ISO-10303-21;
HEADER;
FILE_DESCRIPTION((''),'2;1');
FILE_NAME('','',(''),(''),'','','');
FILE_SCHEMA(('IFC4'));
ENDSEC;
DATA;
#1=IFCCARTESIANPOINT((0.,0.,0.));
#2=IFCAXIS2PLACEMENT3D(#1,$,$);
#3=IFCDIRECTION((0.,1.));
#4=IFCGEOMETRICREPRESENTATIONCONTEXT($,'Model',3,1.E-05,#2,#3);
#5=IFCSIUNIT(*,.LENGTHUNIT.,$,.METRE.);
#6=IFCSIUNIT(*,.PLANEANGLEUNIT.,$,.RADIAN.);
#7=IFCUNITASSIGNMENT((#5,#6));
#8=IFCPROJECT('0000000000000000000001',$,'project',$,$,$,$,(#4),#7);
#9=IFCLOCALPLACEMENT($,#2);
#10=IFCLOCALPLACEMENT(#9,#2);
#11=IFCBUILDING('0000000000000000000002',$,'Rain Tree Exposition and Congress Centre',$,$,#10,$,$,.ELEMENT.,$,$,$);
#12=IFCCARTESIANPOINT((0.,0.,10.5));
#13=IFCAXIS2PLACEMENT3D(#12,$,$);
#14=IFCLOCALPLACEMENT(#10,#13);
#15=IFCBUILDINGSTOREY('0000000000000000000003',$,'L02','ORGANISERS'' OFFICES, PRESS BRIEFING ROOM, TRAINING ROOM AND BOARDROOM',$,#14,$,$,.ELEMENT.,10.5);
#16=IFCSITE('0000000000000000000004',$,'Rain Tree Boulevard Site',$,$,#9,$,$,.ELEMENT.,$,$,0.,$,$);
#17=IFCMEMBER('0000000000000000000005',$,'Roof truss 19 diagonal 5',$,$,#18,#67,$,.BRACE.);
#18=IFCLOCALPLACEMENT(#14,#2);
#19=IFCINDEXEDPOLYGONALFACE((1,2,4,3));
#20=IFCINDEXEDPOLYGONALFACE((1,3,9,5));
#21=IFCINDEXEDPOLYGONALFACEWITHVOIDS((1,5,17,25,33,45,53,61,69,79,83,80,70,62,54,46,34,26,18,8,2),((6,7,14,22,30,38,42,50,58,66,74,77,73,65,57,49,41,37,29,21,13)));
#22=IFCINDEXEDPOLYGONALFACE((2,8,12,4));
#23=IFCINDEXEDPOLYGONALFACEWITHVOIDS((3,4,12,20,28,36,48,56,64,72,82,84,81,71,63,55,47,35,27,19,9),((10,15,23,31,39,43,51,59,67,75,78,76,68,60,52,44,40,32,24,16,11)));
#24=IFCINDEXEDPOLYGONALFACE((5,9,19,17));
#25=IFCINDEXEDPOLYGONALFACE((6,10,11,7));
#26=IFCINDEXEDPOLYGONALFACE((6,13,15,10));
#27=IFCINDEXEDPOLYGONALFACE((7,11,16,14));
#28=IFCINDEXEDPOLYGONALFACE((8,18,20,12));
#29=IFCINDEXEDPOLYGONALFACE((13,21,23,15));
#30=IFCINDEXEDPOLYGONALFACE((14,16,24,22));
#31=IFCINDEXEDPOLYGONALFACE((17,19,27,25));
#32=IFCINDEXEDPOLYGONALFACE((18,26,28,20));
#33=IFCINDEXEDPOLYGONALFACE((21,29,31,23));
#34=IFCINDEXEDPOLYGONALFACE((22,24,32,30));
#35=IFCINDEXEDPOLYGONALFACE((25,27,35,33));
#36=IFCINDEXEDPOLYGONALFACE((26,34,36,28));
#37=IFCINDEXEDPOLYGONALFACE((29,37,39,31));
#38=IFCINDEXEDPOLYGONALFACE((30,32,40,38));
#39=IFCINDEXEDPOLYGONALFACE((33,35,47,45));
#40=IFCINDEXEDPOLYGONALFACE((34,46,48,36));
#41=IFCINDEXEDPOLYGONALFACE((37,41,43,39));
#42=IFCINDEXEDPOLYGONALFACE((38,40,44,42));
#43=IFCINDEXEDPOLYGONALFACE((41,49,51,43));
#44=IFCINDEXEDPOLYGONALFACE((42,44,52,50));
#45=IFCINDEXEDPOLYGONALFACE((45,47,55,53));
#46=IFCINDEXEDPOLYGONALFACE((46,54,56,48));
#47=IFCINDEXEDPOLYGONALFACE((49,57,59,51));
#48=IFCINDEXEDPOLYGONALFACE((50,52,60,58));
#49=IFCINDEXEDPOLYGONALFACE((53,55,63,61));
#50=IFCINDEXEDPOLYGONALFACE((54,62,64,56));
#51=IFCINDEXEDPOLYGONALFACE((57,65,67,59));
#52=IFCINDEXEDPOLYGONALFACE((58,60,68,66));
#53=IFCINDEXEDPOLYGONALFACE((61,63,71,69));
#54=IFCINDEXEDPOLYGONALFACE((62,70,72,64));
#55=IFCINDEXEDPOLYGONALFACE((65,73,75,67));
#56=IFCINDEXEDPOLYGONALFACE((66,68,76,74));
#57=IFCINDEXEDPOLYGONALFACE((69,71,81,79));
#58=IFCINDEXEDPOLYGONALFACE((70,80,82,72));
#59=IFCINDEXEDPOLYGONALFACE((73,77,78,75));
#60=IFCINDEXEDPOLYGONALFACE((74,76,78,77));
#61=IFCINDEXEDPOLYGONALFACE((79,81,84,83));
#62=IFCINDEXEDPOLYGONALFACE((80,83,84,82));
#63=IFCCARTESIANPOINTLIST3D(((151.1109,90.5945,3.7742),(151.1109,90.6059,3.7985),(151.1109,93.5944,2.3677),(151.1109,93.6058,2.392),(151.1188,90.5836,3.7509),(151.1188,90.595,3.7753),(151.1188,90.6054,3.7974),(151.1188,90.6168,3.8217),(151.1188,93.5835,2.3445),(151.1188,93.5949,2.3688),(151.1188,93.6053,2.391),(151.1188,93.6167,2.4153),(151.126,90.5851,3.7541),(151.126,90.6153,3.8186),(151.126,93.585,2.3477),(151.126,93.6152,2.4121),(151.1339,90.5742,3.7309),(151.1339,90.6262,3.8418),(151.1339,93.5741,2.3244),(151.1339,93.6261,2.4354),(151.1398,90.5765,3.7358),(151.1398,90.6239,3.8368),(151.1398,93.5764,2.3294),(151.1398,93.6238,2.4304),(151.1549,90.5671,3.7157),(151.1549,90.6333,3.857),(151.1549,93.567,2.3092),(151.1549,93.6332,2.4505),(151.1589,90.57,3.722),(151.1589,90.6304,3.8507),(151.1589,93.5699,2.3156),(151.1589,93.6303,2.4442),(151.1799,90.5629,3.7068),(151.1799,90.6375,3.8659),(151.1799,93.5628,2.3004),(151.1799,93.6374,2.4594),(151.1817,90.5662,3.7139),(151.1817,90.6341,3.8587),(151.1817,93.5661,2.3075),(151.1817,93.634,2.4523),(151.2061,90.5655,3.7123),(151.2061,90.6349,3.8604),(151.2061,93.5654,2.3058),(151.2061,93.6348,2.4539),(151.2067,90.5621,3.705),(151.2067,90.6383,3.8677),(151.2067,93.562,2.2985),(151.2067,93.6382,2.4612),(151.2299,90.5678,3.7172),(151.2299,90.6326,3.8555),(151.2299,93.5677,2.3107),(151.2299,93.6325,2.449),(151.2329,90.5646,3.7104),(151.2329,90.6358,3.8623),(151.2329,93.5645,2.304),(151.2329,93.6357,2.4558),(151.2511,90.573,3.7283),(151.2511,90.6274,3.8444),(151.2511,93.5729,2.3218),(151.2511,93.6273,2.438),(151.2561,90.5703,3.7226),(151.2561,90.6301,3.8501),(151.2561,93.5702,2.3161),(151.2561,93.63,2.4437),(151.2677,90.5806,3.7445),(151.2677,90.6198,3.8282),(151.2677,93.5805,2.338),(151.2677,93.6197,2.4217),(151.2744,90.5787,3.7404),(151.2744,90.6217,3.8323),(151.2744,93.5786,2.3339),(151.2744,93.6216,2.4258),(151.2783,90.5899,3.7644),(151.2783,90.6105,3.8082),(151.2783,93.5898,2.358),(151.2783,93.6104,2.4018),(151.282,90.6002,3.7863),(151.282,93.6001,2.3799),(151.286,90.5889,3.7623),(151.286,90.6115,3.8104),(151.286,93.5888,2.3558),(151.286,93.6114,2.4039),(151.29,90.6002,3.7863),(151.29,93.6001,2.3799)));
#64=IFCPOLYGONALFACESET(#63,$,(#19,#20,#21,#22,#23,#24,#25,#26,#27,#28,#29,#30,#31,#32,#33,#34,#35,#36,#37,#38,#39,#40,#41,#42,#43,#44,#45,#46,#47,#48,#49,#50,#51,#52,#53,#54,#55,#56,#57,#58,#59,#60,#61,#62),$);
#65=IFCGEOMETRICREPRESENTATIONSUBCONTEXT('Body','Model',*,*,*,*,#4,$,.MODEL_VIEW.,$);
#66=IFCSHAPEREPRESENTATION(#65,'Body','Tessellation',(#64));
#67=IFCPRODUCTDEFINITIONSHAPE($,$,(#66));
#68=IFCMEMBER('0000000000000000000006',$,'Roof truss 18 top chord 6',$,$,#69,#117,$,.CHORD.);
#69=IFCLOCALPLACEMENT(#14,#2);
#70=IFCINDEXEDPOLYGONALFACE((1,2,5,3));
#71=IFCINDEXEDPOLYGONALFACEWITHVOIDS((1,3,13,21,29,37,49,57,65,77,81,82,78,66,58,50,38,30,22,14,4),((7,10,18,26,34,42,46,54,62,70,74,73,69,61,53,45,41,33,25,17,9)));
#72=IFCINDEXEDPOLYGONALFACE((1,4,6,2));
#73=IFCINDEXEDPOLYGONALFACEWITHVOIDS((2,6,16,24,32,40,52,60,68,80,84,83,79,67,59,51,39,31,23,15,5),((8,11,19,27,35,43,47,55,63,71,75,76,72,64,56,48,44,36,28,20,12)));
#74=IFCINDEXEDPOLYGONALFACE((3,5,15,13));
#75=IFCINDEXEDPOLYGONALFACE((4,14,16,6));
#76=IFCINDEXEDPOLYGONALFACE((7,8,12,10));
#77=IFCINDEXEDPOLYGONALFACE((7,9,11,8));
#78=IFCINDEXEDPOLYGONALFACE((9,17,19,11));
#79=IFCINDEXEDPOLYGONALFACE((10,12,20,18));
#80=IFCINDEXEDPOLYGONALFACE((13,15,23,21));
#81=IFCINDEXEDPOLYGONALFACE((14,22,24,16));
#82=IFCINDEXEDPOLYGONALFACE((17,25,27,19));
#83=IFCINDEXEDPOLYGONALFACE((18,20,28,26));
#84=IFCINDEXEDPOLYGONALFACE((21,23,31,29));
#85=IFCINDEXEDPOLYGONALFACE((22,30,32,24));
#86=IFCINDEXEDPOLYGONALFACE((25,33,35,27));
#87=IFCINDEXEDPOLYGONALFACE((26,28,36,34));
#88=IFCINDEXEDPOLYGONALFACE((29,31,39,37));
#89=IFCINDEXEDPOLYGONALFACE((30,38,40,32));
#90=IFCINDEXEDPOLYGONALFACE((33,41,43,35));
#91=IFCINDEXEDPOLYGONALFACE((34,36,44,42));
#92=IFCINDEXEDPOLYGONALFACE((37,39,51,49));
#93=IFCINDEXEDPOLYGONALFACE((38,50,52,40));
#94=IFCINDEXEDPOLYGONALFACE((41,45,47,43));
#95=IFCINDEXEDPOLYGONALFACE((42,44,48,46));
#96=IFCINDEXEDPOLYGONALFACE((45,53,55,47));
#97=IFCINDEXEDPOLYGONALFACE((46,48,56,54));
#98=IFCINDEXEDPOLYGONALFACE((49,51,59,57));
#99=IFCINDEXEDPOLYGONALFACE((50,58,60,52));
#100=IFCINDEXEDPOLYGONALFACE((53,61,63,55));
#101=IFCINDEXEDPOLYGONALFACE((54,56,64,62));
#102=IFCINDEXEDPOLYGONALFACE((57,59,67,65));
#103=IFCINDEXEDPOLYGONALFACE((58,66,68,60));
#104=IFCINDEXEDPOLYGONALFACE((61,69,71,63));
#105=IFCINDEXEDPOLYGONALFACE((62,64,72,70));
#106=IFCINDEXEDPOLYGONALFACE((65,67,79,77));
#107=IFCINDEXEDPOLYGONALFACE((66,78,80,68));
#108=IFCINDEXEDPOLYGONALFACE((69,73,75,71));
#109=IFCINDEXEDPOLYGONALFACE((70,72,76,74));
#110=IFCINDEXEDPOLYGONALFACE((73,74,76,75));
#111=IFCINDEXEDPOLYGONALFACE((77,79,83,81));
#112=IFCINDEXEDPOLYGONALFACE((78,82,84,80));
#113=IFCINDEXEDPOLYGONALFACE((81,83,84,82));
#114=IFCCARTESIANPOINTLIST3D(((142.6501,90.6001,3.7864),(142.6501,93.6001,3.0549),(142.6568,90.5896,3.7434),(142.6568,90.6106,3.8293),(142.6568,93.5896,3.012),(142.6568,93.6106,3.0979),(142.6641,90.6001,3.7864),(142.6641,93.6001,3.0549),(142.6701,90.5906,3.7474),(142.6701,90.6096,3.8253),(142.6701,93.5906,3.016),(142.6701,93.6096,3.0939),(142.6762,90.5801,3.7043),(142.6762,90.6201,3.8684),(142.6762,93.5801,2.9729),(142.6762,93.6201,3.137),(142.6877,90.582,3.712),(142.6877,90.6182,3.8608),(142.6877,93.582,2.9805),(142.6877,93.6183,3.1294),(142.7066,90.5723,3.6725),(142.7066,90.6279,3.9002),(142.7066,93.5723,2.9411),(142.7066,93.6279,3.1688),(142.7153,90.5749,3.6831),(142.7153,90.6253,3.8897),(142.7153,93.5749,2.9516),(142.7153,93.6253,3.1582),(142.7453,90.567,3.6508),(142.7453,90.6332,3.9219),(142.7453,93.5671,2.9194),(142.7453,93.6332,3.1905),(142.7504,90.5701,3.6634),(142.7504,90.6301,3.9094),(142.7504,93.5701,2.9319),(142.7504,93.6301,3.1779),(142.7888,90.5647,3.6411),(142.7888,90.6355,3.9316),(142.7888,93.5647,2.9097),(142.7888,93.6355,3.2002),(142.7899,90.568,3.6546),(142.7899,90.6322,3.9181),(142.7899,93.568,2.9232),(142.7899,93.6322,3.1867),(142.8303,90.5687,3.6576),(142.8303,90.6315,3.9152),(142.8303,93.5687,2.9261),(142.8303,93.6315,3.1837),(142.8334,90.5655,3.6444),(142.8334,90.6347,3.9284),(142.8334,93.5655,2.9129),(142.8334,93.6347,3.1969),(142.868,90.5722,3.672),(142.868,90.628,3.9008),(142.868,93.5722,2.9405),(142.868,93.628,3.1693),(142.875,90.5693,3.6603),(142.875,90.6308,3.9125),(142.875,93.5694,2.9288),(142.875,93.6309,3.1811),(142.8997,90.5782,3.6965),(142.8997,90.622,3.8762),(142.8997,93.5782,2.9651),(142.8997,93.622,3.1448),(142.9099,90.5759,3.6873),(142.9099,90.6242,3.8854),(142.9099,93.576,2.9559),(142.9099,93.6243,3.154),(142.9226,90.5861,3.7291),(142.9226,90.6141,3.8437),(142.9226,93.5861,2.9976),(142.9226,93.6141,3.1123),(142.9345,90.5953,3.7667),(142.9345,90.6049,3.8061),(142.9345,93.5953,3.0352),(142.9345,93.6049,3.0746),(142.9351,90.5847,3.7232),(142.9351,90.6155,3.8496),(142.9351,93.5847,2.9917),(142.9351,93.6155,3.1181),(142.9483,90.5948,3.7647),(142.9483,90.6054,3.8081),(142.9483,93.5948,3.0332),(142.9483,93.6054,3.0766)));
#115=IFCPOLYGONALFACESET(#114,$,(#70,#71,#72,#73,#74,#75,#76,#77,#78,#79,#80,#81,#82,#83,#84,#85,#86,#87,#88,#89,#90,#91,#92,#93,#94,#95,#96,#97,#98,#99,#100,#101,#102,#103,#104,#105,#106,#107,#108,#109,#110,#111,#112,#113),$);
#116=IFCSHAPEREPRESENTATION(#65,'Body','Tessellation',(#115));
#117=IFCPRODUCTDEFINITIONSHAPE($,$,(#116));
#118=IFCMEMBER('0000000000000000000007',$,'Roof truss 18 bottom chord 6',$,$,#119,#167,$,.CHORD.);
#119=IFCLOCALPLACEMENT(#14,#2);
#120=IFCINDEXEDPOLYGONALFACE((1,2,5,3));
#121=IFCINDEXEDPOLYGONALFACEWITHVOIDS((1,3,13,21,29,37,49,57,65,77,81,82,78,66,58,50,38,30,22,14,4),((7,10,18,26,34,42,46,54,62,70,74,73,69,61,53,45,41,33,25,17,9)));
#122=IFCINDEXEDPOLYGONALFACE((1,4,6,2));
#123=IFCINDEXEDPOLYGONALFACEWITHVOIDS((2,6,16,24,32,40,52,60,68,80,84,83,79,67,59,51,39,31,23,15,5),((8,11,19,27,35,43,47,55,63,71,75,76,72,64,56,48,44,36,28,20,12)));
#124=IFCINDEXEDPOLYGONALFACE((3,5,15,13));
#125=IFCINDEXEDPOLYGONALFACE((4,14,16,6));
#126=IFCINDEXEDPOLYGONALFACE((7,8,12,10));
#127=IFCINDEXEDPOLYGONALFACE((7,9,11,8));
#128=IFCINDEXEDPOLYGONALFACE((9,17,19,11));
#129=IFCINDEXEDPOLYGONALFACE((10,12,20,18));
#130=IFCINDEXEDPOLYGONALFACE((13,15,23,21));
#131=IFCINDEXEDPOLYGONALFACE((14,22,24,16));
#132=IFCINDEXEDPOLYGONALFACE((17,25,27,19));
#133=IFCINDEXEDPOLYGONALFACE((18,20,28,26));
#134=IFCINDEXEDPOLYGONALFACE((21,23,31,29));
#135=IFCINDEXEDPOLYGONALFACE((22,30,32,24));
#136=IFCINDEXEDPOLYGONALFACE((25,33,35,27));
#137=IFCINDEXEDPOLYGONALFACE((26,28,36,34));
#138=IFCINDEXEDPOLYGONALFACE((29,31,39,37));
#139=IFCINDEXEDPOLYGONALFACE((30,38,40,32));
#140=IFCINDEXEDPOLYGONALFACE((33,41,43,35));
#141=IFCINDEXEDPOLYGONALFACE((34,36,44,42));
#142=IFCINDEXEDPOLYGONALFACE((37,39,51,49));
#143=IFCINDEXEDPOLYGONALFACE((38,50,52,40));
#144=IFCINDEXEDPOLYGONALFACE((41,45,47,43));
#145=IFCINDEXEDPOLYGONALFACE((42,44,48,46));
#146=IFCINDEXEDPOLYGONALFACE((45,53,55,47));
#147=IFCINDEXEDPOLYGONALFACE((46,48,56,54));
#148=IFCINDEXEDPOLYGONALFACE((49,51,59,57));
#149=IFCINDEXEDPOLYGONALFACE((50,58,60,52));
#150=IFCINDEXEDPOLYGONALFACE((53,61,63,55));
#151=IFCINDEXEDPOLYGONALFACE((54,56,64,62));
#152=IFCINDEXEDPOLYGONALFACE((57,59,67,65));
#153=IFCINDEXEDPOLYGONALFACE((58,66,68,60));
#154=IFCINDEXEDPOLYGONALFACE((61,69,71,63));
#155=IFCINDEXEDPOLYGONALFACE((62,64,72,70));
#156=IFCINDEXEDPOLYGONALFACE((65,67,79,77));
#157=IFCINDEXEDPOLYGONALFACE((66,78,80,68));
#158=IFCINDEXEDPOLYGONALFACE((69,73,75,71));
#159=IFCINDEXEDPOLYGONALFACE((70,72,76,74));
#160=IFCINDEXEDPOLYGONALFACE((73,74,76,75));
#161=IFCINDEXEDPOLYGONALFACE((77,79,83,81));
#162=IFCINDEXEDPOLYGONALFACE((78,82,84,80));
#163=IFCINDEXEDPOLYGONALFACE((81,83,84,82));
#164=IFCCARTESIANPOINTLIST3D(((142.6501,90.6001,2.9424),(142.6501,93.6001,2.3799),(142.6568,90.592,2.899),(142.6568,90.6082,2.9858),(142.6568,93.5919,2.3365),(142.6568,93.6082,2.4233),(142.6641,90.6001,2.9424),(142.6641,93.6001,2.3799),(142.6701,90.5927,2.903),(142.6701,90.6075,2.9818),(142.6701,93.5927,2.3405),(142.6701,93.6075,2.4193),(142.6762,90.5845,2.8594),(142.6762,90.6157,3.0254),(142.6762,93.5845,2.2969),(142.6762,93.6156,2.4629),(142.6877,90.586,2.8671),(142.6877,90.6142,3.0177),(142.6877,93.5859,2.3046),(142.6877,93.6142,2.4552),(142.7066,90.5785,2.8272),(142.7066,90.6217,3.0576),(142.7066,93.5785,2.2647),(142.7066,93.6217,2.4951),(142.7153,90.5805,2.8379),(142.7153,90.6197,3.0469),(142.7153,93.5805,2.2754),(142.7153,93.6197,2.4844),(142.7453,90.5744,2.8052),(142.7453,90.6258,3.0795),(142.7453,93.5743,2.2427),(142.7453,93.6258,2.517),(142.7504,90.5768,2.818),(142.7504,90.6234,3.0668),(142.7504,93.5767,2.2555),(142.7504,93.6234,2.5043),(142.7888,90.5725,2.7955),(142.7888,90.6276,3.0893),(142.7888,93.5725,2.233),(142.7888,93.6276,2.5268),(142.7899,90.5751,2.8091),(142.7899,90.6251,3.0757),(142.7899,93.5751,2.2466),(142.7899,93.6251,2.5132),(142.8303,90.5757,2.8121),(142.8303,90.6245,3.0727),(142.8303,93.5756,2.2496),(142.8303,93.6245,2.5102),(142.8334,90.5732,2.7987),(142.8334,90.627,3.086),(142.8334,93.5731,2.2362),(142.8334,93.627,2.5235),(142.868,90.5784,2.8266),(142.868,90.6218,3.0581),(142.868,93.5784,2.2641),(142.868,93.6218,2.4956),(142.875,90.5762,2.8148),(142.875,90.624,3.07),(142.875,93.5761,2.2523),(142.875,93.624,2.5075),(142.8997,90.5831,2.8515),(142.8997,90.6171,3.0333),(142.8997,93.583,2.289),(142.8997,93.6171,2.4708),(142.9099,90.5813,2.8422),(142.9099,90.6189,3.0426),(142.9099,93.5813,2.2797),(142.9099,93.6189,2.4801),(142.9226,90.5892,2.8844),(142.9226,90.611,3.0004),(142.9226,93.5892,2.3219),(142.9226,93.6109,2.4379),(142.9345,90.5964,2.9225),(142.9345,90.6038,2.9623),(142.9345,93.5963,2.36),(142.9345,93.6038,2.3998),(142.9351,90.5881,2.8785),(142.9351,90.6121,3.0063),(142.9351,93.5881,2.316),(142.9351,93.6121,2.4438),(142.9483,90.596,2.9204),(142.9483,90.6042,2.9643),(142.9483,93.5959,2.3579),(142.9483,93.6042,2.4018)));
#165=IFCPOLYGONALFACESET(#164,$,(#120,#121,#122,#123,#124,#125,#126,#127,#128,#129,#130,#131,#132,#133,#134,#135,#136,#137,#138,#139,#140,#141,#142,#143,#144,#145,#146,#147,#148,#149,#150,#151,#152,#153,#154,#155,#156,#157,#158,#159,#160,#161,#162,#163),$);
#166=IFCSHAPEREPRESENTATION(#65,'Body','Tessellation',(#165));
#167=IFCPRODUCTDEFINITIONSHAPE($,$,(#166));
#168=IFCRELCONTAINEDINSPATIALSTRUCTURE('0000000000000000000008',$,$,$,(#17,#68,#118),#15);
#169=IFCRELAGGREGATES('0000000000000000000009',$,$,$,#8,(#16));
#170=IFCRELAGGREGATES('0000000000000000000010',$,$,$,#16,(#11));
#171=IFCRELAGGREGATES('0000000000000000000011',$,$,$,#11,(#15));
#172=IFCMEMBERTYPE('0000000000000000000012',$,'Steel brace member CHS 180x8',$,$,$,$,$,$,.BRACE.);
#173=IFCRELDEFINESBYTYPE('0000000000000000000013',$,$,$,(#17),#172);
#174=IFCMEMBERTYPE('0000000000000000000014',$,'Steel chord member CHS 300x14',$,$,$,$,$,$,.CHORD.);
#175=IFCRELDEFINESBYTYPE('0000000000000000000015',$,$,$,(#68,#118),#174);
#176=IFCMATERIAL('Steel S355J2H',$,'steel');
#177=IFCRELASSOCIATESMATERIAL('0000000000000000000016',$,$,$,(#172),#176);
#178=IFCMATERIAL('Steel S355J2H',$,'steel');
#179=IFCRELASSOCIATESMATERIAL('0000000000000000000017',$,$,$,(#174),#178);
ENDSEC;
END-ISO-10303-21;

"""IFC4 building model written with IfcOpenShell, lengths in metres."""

from ifc_helpers import new_model, si_unit, direction, frame, origin, origin_2d, place, context, subcontext, project, spatial, hollow_circle, extrude, material, material_profile, profile_set, type_object, element, save


model = new_model("IFC4")

# Units and contexts
model_context = context("Model", 3, precision=1e-05, world=origin(), true_north=direction((0.0, 1.0)))
body_context = subcontext(model_context, "Body", "Model", "MODEL_VIEW")
ifc_project = project(units=[si_unit("LENGTHUNIT", "METRE"), si_unit("PLANEANGLEUNIT", "RADIAN")], contexts=[model_context])

# Site, building, storey
site_placement = place(None, origin())
site = spatial("IfcSite", under=ifc_project, at=site_placement, Name="Rain Tree Boulevard Site", CompositionType="ELEMENT", RefElevation=0.0)
building_placement = place(site_placement, origin())
building = spatial("IfcBuilding", under=site, at=building_placement, Name="Rain Tree Exposition and Congress Centre", CompositionType="ELEMENT")
storey_placement = place(building_placement, frame((0.0, 0.0, 10.5)))
storey = spatial("IfcBuildingStorey", under=building, at=storey_placement, Name="L02", Description="ORGANISERS' OFFICES, PRESS BRIEFING ROOM, TRAINING ROOM AND BOARDROOM", CompositionType="ELEMENT", Elevation=10.5)

# Members
ifc_material_1 = material(Name="Steel S355J2H", Category="steel")
ifc_material_profile_1 = material_profile(ifc_material_1, hollow_circle(Radius=0.0901, WallThickness=0.0081, at=origin_2d()), Name="CHS 180x8")
ifc_profile_set_1 = profile_set([ifc_material_profile_1], Name="Steel S355J2H")
member_type_1 = type_object("IfcMemberType", Name="Steel brace member CHS 180x8", PredefinedType="BRACE", material=ifc_profile_set_1)
member_1_placement = place(storey_placement, frame((151.2, 93.6001, 2.3799), z_axis=(0.0, -0.905431, 0.424494), x_axis=(1.0, 0.0, 0.0)))
element("IfcMember", 1, at=member_1_placement, inside=storey, type_object=member_type_1, Name="Roof truss 19 diagonal 5", PredefinedType="BRACE", context=body_context, shape_type="SweptSolid", body=[
    extrude(hollow_circle(Radius=0.0901, WallThickness=0.0081, at=origin_2d()), origin(), (0.0, 0.0, 1.0), 3.3132),
])
ifc_material_2 = material(Name="Steel S355J2H", Category="steel")
ifc_material_profile_2 = material_profile(ifc_material_2, hollow_circle(Radius=0.1499, WallThickness=0.0139, at=origin_2d()), Name="CHS 300x14")
ifc_profile_set_2 = profile_set([ifc_material_profile_2], Name="Steel S355J2H")
member_type_2 = type_object("IfcMemberType", Name="Steel chord member CHS 300x14", PredefinedType="CHORD", material=ifc_profile_set_2)
member_2_placement = place(storey_placement, frame((142.8, 90.6001, 3.7864), z_axis=(0.0, 0.97154, -0.236876), x_axis=(-1.0, 0.0, 0.0)))
element("IfcMember", 2, at=member_2_placement, inside=storey, type_object=member_type_2, Name="Roof truss 18 top chord 6", PredefinedType="CHORD", context=body_context, shape_type="SweptSolid", body=[
    extrude(hollow_circle(Radius=0.1499, WallThickness=0.0139, at=origin_2d()), origin(), (0.0, 0.0, 1.0), 3.0879),
])
member_3_placement = place(storey_placement, frame((142.8, 90.6001, 2.9424), z_axis=(0.0, 0.982872, -0.184289), x_axis=(-1.0, 0.0, 0.0)))
element("IfcMember", 3, at=member_3_placement, inside=storey, type_object=member_type_2, Name="Roof truss 18 bottom chord 6", PredefinedType="CHORD", context=body_context, shape_type="SweptSolid", body=[
    extrude(hollow_circle(Radius=0.1499, WallThickness=0.0139, at=origin_2d()), origin(), (0.0, 0.0, 1.0), 3.0522),
])

save(model, "model.ifc")
